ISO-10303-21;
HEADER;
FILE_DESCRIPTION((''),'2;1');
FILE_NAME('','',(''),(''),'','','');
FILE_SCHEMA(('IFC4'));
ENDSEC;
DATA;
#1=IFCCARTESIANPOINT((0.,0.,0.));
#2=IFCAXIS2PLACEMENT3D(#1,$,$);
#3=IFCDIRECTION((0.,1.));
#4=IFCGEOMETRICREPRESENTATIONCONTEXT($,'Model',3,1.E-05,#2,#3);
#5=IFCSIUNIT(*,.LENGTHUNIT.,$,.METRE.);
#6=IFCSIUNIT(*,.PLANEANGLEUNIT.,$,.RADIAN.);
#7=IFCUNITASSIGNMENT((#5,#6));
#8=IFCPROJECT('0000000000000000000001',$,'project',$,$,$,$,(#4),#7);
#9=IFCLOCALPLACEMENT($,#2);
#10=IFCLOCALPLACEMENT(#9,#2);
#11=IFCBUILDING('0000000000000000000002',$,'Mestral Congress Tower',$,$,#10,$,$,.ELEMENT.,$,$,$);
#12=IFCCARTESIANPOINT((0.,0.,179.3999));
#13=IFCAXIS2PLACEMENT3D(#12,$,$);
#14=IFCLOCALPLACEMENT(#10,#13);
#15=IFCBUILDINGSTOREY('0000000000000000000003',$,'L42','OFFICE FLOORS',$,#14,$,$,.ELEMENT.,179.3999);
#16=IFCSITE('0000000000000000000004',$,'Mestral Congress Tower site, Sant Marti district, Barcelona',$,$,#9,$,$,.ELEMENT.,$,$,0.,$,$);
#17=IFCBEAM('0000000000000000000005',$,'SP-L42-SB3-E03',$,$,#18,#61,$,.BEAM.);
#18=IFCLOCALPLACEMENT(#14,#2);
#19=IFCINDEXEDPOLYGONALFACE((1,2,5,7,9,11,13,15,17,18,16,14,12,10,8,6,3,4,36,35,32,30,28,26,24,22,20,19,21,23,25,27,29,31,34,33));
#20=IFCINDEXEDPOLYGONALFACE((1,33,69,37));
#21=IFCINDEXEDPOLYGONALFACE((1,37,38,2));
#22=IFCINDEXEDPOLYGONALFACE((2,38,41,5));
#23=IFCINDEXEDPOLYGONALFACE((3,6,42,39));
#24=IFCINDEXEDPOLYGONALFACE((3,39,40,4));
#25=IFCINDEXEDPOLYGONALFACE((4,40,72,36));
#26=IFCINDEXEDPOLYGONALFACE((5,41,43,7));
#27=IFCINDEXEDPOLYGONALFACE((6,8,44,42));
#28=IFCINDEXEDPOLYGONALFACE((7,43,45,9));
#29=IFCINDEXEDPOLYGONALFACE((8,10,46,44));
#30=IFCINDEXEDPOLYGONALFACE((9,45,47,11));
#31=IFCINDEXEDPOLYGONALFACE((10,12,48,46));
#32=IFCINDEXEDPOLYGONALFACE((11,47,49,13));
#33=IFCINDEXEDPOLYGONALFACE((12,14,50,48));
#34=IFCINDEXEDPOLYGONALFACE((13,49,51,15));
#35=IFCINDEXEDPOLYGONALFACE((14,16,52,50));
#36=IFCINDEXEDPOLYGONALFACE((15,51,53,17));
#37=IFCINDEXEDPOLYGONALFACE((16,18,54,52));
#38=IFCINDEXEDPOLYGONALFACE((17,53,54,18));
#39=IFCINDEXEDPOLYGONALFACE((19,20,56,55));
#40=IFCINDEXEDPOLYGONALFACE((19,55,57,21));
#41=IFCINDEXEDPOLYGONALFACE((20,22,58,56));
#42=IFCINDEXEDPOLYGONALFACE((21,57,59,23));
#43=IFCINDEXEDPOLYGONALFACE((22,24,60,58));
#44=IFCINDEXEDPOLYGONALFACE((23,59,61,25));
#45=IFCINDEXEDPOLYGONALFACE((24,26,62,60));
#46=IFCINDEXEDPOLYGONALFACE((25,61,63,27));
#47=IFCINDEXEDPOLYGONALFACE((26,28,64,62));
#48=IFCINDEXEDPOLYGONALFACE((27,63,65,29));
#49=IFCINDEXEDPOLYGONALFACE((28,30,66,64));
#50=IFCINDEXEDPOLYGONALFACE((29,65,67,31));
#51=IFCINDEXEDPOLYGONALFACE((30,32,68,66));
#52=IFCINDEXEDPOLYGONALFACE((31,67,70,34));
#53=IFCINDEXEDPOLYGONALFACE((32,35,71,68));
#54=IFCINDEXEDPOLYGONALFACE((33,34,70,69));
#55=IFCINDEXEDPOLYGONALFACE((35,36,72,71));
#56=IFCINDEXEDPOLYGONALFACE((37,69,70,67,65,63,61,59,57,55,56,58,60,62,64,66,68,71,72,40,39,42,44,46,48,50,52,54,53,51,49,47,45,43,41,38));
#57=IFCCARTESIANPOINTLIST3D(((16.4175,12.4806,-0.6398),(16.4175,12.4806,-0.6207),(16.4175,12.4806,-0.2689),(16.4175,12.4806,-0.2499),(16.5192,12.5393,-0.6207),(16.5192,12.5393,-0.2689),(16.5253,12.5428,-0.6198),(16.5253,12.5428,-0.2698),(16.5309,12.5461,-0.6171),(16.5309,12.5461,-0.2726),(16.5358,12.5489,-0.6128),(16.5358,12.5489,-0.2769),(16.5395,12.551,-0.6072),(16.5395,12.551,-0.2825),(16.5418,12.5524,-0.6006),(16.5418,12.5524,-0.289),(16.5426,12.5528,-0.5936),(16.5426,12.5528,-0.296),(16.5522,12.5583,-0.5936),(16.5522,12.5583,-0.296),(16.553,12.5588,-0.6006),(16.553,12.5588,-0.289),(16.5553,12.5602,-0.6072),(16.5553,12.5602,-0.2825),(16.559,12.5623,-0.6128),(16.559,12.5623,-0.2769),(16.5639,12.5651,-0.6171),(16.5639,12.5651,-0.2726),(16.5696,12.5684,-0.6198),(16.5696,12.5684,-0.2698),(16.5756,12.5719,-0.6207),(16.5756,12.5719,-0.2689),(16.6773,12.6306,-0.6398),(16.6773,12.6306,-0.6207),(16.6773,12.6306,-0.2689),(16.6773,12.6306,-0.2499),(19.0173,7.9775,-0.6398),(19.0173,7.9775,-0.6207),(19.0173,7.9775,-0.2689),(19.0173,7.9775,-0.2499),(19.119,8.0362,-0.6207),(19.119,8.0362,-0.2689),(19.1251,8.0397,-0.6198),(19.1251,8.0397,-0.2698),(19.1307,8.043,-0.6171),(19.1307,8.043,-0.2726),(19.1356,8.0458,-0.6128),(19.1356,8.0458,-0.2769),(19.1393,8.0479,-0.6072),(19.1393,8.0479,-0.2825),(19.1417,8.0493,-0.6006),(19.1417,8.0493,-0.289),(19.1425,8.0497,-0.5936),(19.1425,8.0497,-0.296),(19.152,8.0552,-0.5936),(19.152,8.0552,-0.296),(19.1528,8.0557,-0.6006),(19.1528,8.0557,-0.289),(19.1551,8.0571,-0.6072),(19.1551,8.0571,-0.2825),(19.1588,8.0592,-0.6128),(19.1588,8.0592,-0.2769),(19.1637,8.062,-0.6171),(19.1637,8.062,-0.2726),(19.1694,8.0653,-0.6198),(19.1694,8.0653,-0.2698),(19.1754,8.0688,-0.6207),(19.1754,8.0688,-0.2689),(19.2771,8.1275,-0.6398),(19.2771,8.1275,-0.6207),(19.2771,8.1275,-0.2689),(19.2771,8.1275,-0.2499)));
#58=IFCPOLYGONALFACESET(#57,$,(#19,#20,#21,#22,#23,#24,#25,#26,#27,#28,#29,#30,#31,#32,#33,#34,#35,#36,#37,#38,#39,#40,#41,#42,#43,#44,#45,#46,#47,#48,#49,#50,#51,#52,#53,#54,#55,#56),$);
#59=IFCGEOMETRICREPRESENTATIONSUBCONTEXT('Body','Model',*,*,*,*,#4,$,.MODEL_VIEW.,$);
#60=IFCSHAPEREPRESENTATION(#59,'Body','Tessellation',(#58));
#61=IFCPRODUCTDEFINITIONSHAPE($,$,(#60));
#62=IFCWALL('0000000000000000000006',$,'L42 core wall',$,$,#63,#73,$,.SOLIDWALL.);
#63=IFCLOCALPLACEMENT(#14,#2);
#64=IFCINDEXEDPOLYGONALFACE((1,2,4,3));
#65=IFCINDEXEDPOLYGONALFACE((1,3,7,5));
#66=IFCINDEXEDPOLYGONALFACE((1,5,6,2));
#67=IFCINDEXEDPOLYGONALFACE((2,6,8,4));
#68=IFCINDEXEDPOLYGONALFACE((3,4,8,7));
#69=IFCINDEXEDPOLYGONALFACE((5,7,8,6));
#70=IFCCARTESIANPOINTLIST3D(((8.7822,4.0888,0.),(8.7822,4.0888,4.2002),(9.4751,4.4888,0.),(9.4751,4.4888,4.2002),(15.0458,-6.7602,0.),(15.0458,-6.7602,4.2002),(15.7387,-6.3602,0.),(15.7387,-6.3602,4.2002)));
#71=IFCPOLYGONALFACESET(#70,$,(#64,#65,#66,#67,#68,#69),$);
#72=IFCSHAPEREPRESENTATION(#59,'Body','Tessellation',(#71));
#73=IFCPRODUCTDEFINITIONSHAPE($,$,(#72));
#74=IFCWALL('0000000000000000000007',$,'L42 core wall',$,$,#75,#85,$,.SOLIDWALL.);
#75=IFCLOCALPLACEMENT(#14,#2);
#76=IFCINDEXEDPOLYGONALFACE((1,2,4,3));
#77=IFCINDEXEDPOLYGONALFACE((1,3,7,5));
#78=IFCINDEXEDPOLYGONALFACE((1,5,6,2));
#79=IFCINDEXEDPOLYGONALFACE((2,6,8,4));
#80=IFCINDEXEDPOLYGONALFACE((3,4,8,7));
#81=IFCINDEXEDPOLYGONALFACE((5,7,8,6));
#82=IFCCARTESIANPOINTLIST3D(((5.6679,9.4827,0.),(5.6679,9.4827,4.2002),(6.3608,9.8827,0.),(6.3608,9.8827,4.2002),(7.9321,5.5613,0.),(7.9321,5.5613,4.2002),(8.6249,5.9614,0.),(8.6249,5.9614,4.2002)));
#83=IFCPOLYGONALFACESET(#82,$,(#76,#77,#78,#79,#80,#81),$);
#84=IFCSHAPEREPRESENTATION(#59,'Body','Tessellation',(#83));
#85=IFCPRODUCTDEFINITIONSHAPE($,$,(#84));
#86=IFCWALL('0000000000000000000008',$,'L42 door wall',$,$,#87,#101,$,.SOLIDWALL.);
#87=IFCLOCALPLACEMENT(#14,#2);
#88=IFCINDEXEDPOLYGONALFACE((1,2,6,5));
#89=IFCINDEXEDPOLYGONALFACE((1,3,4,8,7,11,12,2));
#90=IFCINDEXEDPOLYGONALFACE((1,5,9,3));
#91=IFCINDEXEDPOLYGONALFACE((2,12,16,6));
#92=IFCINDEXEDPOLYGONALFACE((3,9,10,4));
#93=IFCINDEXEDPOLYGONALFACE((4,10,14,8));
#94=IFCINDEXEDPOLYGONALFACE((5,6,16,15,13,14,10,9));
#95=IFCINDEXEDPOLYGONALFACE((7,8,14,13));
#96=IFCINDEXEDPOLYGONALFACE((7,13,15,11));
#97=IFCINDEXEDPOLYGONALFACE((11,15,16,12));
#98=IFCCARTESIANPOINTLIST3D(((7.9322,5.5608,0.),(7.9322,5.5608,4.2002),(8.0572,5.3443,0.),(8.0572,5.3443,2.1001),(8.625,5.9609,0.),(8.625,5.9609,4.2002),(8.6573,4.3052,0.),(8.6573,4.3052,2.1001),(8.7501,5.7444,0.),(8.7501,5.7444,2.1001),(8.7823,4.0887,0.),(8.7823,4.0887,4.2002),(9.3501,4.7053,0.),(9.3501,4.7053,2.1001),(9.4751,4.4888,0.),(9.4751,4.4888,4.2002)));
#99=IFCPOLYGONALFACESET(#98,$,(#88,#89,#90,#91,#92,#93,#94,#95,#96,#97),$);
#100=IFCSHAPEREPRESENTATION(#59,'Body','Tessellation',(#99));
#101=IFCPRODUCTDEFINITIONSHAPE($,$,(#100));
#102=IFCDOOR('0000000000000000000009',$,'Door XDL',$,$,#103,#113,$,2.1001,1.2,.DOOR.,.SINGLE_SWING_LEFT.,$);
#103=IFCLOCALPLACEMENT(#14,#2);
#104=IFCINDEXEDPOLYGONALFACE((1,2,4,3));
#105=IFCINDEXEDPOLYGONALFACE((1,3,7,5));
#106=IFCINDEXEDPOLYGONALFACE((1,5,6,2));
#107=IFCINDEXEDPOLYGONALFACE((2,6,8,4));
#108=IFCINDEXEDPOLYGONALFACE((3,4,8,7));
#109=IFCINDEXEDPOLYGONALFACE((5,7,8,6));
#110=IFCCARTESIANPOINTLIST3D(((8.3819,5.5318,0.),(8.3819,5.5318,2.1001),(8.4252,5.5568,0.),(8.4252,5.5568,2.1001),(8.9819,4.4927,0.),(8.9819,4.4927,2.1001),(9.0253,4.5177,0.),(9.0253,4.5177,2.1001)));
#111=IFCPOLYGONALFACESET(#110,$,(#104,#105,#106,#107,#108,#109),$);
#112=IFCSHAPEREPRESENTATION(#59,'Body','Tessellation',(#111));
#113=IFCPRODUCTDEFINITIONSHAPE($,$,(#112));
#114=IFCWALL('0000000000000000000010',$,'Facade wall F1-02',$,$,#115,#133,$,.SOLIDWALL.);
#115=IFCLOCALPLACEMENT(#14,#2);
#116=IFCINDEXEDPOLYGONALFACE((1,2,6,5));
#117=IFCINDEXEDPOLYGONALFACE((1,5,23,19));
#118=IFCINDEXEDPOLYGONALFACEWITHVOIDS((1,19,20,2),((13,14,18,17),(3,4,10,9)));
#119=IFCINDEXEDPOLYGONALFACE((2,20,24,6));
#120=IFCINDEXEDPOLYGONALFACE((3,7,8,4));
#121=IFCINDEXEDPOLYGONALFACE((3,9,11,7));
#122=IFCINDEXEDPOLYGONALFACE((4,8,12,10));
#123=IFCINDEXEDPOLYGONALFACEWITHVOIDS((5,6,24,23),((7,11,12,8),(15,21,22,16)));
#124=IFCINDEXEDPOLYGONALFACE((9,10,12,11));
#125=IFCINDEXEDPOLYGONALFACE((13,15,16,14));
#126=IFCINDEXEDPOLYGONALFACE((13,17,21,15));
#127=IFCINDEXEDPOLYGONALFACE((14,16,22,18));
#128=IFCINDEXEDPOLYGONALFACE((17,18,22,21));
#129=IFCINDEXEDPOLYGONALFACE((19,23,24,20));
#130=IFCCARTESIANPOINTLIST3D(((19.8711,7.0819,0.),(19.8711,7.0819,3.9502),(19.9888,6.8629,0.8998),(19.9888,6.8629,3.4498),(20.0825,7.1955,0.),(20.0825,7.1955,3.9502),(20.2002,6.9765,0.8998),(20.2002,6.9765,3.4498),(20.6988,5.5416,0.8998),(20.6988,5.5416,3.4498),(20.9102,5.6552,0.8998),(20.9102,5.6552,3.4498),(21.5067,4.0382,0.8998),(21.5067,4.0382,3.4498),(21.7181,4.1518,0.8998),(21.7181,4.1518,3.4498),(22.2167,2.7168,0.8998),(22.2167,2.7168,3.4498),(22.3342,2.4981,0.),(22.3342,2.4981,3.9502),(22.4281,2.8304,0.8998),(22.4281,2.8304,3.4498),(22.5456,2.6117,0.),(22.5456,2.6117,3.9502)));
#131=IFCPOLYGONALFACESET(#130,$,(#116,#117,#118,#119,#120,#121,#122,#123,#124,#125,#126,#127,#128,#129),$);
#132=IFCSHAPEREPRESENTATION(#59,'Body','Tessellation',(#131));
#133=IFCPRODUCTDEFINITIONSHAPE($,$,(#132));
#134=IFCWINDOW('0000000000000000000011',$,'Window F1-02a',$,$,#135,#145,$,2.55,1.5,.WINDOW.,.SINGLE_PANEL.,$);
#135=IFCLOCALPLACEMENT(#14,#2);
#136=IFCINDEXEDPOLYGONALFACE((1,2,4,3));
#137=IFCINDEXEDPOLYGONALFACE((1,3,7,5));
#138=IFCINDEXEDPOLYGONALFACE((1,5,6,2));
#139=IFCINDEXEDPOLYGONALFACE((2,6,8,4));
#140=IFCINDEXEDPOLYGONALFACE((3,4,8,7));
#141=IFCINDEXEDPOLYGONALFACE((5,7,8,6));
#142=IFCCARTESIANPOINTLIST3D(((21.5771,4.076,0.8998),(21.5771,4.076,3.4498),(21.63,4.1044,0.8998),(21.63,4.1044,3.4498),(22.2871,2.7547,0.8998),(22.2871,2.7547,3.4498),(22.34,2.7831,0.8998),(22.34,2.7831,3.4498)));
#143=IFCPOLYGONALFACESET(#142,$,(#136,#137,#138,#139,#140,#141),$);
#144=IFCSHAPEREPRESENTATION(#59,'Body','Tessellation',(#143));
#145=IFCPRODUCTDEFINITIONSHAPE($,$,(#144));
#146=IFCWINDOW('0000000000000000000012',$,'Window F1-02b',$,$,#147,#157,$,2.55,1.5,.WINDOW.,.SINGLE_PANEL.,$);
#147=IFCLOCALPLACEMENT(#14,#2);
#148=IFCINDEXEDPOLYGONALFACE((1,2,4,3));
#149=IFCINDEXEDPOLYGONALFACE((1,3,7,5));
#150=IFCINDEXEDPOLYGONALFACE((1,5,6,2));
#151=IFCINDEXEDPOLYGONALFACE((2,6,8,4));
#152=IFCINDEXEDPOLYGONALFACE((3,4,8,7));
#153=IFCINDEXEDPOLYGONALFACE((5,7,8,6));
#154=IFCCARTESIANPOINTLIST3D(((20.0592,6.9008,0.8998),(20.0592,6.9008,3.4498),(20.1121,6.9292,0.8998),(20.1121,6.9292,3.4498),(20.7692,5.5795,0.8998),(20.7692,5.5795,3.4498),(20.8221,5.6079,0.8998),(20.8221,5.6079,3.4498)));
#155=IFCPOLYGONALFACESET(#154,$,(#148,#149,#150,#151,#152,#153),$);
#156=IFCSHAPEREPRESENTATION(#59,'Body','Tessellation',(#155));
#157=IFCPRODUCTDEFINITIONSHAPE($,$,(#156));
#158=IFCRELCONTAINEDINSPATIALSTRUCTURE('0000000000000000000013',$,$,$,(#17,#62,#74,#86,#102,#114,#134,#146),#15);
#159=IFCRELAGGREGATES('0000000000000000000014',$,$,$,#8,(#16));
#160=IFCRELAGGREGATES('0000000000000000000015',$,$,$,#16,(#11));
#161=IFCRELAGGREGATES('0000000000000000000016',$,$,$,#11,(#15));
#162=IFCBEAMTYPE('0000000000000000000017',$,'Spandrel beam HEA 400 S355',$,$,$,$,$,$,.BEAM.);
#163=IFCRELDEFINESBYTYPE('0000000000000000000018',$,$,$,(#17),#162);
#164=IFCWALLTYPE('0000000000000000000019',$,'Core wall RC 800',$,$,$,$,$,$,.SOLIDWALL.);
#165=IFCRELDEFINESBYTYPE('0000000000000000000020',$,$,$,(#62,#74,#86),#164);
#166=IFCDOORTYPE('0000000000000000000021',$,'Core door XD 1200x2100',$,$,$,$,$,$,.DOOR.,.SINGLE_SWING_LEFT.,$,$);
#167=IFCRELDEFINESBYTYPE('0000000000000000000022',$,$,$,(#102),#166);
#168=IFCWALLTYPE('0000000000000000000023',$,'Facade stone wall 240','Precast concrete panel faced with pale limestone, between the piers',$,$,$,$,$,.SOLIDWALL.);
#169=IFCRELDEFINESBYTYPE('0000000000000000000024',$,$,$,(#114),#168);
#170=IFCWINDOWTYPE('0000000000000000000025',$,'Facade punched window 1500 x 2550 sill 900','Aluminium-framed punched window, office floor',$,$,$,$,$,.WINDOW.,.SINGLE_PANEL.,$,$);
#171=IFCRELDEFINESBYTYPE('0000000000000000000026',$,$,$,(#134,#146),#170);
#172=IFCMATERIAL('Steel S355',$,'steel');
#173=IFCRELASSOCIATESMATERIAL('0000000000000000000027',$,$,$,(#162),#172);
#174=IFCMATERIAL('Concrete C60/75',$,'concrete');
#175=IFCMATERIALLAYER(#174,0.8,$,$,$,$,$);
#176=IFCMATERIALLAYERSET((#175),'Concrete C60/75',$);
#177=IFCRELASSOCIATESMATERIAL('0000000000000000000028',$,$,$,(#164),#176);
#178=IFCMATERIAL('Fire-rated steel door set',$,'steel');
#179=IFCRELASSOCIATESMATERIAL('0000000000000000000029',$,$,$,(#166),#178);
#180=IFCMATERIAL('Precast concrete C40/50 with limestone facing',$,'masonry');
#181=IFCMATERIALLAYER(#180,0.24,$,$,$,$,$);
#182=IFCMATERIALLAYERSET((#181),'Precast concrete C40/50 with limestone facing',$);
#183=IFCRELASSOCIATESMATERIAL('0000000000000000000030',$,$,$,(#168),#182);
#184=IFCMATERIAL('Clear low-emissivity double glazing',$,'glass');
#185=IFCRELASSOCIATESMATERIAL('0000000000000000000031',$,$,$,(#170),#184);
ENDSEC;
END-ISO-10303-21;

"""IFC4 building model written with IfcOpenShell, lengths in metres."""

from ifc_helpers import new_model, si_unit, direction, frame, frame_2d, origin, origin_2d, place, context, subcontext, project, spatial, rectangle, i_section, extrude, material, layer, layer_set, material_profile, profile_set, type_object, element, fill, save


model = new_model("IFC4")

# Units and contexts
model_context = context("Model", 3, precision=1e-05, world=origin(), true_north=direction((0.0, 1.0)))
body_context = subcontext(model_context, "Body", "Model", "MODEL_VIEW")
ifc_project = project(units=[si_unit("LENGTHUNIT", "METRE"), si_unit("PLANEANGLEUNIT", "RADIAN")], contexts=[model_context])

# Site, building, storey
site_placement = place(None, origin())
site = spatial("IfcSite", under=ifc_project, at=site_placement, Name="Mestral Congress Tower site, Sant Marti district, Barcelona", CompositionType="ELEMENT", RefElevation=0.0)
building_placement = place(site_placement, origin())
building = spatial("IfcBuilding", under=site, at=building_placement, Name="Mestral Congress Tower", CompositionType="ELEMENT")
storey_placement = place(building_placement, frame((0.0, 0.0, 179.3999)))
storey = spatial("IfcBuildingStorey", under=building, at=storey_placement, Name="L42", Description="OFFICE FLOORS", CompositionType="ELEMENT", Elevation=179.3999)

# Shared definitions
ifc_material_1 = material(Name="Concrete C60/75", Category="concrete")

# Beam
ifc_material_2 = material(Name="Steel S355", Category="steel")
ifc_material_profile_1 = material_profile(ifc_material_2, i_section(OverallWidth=0.3, OverallDepth=0.3899, WebThickness=0.011, FlangeThickness=0.019, FilletRadius=0.0271, at=origin_2d()), Name="HEA 400")
ifc_profile_set_1 = profile_set([ifc_material_profile_1], Name="Steel S355")
beam_type_1 = type_object("IfcBeamType", Name="Spandrel beam HEA 400 S355", PredefinedType="BEAM", material=ifc_profile_set_1)
for number, where, z_axis, x_axis, name in (
    (1, (19.1472, 8.0525, -0.4448), (-0.499992, 0.86603, 0.0), (-0.86603, -0.499992, 0.0), "SP-L42-SB3-E03"),
):
    element("IfcBeam", number, at=place(storey_placement, frame(where, z_axis=z_axis, x_axis=x_axis)), inside=storey, type_object=beam_type_1, Name=name, PredefinedType="BEAM", context=body_context, shape_type="SweptSolid", body=[
        extrude(i_section(OverallWidth=0.3, OverallDepth=0.3899, WebThickness=0.011, FlangeThickness=0.019, FilletRadius=0.0271, at=origin_2d()), origin(), (0.0, 0.0, 1.0), 5.1997),
    ])

# Walls
ifc_layer_1 = layer(ifc_material_1, 0.8)
ifc_layer_set_1 = layer_set([ifc_layer_1], Name="Concrete C60/75")
wall_type_1 = type_object("IfcWallType", Name="Core wall RC 800", PredefinedType="SOLIDWALL", material=ifc_layer_set_1)
wall_1_placement = place(storey_placement, frame((9.1287, 4.2888, 0.0), z_axis=(0.0, 0.0, 1.0), x_axis=(0.499996, -0.866028, 0.0)))
element("IfcWall", 2, at=wall_1_placement, inside=storey, type_object=wall_type_1, Name="L42 core wall", PredefinedType="SOLIDWALL", context=body_context, shape_type="SweptSolid", body=[
    extrude(rectangle(XDim=12.5273, YDim=0.8, at=frame_2d((6.2637, 0.0))), origin(), (0.0, 0.0, 1.0), 4.2002),
])
wall_2_placement = place(storey_placement, frame((8.2786, 5.7612, 0.0), z_axis=(0.0, 0.0, 1.0), x_axis=(-0.500024, 0.866011, 0.0)))
element("IfcWall", 3, at=wall_2_placement, inside=storey, type_object=wall_type_1, Name="L42 core wall", PredefinedType="SOLIDWALL", context=body_context, shape_type="SweptSolid", body=[
    extrude(rectangle(XDim=4.5281, YDim=0.8, at=frame_2d((2.2642, 0.0))), origin(), (0.0, 0.0, 1.0), 4.2002),
])

# Wall, opening, door
wall_3_placement = place(storey_placement, frame((8.2786, 5.761, 0.0), z_axis=(0.0, 0.0, 1.0), x_axis=(0.500062, -0.865989, 0.0)))
wall_3 = element("IfcWall", 4, at=wall_3_placement, inside=storey, type_object=wall_type_1, Name="L42 door wall", PredefinedType="SOLIDWALL", context=body_context, shape_type="SweptSolid", body=[
    extrude(rectangle(XDim=1.7, YDim=0.8, at=frame_2d((0.8501, 0.0))), origin(), (0.0, 0.0, 1.0), 4.2002),
])
opening_1_placement = place(wall_3_placement, frame((0.25, 0.0, 0.0)))
opening_1 = element("IfcOpeningElement", 5, at=opening_1_placement, cuts=wall_3, PredefinedType="OPENING", context=body_context, shape_type="SweptSolid", body=[
    extrude(rectangle(XDim=1.2, YDim=2.1001, at=frame_2d((0.6001, 1.05))), frame((0.0, 0.4099, 0.0), z_axis=(0.0, -1.0, 0.0), x_axis=(1.0, 0.0, 0.0)), (0.0, 0.0, 1.0), 0.8201),
])
ifc_material_3 = material(Name="Fire-rated steel door set", Category="steel")
door_type = type_object("IfcDoorType", Name="Core door XD 1200x2100", OperationType="SINGLE_SWING_LEFT", PredefinedType="DOOR", material=ifc_material_3)
door_placement = place(opening_1_placement, origin())
door = element("IfcDoor", 6, at=door_placement, inside=storey, type_object=door_type, Name="Door XDL", OperationType="SINGLE_SWING_LEFT", OverallHeight=2.1001, OverallWidth=1.2, PredefinedType="DOOR", context=body_context, shape_type="SweptSolid", body=[
    extrude(rectangle(XDim=1.2, YDim=2.1001, at=frame_2d((0.6001, 1.05))), frame((0.0, 0.0249, 0.0), z_axis=(0.0, -1.0, 0.0), x_axis=(1.0, 0.0, 0.0)), (0.0, 0.0, 1.0), 0.05),
])
fill(opening_1, door)

# Wall, openings, windows
ifc_material_4 = material(Name="Precast concrete C40/50 with limestone facing", Category="masonry")
ifc_layer_2 = layer(ifc_material_4, 0.24)
ifc_layer_set_2 = layer_set([ifc_layer_2], Name="Precast concrete C40/50 with limestone facing")
wall_type_2 = type_object("IfcWallType", Name="Facade stone wall 240", Description="Precast concrete panel faced with pale limestone, between the piers", PredefinedType="SOLIDWALL", material=ifc_layer_set_2)
wall_4_placement = place(storey_placement, frame((22.4399, 2.5549, 0.0), z_axis=(0.0, 0.0, 1.0), x_axis=(-0.47335, 0.880875, 0.0)))
wall_4 = element("IfcWall", 7, at=wall_4_placement, inside=storey, type_object=wall_type_2, Name="Facade wall F1-02", PredefinedType="SOLIDWALL", context=body_context, shape_type="SweptSolid", body=[
    extrude(rectangle(XDim=5.2036, YDim=0.24, at=frame_2d((2.6018, 0.0))), origin(), (0.0, 0.0, 1.0), 3.9502),
])
opening_2_placement = place(wall_4_placement, frame((0.2483, 0.0, 0.8999)))
opening_2 = element("IfcOpeningElement", 8, at=opening_2_placement, cuts=wall_4, PredefinedType="OPENING", context=body_context, shape_type="SweptSolid", body=[
    extrude(rectangle(XDim=1.5, YDim=2.55, at=frame_2d((0.75, 1.2749))), frame((0.0, 0.1299, 0.0), z_axis=(0.0, -1.0, 0.0), x_axis=(1.0, 0.0, 0.0)), (0.0, 0.0, 1.0), 0.26),
])
opening_3_placement = place(wall_4_placement, frame((3.4551, 0.0, 0.8999)))
opening_3 = element("IfcOpeningElement", 9, at=opening_3_placement, cuts=wall_4, PredefinedType="OPENING", context=body_context, shape_type="SweptSolid", body=[
    extrude(rectangle(XDim=1.5, YDim=2.55, at=frame_2d((0.75, 1.2749))), frame((0.0, 0.1299, 0.0), z_axis=(0.0, -1.0, 0.0), x_axis=(1.0, 0.0, 0.0)), (0.0, 0.0, 1.0), 0.26),
])
ifc_material_5 = material(Name="Clear low-emissivity double glazing", Category="glass")
window_type = type_object("IfcWindowType", Name="Facade punched window 1500 x 2550 sill 900", Description="Aluminium-framed punched window, office floor", PartitioningType="SINGLE_PANEL", PredefinedType="WINDOW", material=ifc_material_5)
window_1_placement = place(opening_2_placement, origin())
window_1 = element("IfcWindow", 10, at=window_1_placement, inside=storey, type_object=window_type, Name="Window F1-02a", OverallHeight=2.55, OverallWidth=1.5, PartitioningType="SINGLE_PANEL", PredefinedType="WINDOW", context=body_context, shape_type="SweptSolid", body=[
    extrude(rectangle(XDim=1.5, YDim=2.55, at=frame_2d((0.75, 1.2749))), frame((0.0, 0.04, 0.0), z_axis=(0.0, -1.0, 0.0), x_axis=(1.0, 0.0, 0.0)), (0.0, 0.0, 1.0), 0.0601),
])
fill(opening_2, window_1)
window_2_placement = place(opening_3_placement, origin())
window_2 = element("IfcWindow", 11, at=window_2_placement, inside=storey, type_object=window_type, Name="Window F1-02b", OverallHeight=2.55, OverallWidth=1.5, PartitioningType="SINGLE_PANEL", PredefinedType="WINDOW", context=body_context, shape_type="SweptSolid", body=[
    extrude(rectangle(XDim=1.5, YDim=2.55, at=frame_2d((0.75, 1.2749))), frame((0.0, 0.04, 0.0), z_axis=(0.0, -1.0, 0.0), x_axis=(1.0, 0.0, 0.0)), (0.0, 0.0, 1.0), 0.0601),
])
fill(opening_3, window_2)

save(model, "model.ifc")
